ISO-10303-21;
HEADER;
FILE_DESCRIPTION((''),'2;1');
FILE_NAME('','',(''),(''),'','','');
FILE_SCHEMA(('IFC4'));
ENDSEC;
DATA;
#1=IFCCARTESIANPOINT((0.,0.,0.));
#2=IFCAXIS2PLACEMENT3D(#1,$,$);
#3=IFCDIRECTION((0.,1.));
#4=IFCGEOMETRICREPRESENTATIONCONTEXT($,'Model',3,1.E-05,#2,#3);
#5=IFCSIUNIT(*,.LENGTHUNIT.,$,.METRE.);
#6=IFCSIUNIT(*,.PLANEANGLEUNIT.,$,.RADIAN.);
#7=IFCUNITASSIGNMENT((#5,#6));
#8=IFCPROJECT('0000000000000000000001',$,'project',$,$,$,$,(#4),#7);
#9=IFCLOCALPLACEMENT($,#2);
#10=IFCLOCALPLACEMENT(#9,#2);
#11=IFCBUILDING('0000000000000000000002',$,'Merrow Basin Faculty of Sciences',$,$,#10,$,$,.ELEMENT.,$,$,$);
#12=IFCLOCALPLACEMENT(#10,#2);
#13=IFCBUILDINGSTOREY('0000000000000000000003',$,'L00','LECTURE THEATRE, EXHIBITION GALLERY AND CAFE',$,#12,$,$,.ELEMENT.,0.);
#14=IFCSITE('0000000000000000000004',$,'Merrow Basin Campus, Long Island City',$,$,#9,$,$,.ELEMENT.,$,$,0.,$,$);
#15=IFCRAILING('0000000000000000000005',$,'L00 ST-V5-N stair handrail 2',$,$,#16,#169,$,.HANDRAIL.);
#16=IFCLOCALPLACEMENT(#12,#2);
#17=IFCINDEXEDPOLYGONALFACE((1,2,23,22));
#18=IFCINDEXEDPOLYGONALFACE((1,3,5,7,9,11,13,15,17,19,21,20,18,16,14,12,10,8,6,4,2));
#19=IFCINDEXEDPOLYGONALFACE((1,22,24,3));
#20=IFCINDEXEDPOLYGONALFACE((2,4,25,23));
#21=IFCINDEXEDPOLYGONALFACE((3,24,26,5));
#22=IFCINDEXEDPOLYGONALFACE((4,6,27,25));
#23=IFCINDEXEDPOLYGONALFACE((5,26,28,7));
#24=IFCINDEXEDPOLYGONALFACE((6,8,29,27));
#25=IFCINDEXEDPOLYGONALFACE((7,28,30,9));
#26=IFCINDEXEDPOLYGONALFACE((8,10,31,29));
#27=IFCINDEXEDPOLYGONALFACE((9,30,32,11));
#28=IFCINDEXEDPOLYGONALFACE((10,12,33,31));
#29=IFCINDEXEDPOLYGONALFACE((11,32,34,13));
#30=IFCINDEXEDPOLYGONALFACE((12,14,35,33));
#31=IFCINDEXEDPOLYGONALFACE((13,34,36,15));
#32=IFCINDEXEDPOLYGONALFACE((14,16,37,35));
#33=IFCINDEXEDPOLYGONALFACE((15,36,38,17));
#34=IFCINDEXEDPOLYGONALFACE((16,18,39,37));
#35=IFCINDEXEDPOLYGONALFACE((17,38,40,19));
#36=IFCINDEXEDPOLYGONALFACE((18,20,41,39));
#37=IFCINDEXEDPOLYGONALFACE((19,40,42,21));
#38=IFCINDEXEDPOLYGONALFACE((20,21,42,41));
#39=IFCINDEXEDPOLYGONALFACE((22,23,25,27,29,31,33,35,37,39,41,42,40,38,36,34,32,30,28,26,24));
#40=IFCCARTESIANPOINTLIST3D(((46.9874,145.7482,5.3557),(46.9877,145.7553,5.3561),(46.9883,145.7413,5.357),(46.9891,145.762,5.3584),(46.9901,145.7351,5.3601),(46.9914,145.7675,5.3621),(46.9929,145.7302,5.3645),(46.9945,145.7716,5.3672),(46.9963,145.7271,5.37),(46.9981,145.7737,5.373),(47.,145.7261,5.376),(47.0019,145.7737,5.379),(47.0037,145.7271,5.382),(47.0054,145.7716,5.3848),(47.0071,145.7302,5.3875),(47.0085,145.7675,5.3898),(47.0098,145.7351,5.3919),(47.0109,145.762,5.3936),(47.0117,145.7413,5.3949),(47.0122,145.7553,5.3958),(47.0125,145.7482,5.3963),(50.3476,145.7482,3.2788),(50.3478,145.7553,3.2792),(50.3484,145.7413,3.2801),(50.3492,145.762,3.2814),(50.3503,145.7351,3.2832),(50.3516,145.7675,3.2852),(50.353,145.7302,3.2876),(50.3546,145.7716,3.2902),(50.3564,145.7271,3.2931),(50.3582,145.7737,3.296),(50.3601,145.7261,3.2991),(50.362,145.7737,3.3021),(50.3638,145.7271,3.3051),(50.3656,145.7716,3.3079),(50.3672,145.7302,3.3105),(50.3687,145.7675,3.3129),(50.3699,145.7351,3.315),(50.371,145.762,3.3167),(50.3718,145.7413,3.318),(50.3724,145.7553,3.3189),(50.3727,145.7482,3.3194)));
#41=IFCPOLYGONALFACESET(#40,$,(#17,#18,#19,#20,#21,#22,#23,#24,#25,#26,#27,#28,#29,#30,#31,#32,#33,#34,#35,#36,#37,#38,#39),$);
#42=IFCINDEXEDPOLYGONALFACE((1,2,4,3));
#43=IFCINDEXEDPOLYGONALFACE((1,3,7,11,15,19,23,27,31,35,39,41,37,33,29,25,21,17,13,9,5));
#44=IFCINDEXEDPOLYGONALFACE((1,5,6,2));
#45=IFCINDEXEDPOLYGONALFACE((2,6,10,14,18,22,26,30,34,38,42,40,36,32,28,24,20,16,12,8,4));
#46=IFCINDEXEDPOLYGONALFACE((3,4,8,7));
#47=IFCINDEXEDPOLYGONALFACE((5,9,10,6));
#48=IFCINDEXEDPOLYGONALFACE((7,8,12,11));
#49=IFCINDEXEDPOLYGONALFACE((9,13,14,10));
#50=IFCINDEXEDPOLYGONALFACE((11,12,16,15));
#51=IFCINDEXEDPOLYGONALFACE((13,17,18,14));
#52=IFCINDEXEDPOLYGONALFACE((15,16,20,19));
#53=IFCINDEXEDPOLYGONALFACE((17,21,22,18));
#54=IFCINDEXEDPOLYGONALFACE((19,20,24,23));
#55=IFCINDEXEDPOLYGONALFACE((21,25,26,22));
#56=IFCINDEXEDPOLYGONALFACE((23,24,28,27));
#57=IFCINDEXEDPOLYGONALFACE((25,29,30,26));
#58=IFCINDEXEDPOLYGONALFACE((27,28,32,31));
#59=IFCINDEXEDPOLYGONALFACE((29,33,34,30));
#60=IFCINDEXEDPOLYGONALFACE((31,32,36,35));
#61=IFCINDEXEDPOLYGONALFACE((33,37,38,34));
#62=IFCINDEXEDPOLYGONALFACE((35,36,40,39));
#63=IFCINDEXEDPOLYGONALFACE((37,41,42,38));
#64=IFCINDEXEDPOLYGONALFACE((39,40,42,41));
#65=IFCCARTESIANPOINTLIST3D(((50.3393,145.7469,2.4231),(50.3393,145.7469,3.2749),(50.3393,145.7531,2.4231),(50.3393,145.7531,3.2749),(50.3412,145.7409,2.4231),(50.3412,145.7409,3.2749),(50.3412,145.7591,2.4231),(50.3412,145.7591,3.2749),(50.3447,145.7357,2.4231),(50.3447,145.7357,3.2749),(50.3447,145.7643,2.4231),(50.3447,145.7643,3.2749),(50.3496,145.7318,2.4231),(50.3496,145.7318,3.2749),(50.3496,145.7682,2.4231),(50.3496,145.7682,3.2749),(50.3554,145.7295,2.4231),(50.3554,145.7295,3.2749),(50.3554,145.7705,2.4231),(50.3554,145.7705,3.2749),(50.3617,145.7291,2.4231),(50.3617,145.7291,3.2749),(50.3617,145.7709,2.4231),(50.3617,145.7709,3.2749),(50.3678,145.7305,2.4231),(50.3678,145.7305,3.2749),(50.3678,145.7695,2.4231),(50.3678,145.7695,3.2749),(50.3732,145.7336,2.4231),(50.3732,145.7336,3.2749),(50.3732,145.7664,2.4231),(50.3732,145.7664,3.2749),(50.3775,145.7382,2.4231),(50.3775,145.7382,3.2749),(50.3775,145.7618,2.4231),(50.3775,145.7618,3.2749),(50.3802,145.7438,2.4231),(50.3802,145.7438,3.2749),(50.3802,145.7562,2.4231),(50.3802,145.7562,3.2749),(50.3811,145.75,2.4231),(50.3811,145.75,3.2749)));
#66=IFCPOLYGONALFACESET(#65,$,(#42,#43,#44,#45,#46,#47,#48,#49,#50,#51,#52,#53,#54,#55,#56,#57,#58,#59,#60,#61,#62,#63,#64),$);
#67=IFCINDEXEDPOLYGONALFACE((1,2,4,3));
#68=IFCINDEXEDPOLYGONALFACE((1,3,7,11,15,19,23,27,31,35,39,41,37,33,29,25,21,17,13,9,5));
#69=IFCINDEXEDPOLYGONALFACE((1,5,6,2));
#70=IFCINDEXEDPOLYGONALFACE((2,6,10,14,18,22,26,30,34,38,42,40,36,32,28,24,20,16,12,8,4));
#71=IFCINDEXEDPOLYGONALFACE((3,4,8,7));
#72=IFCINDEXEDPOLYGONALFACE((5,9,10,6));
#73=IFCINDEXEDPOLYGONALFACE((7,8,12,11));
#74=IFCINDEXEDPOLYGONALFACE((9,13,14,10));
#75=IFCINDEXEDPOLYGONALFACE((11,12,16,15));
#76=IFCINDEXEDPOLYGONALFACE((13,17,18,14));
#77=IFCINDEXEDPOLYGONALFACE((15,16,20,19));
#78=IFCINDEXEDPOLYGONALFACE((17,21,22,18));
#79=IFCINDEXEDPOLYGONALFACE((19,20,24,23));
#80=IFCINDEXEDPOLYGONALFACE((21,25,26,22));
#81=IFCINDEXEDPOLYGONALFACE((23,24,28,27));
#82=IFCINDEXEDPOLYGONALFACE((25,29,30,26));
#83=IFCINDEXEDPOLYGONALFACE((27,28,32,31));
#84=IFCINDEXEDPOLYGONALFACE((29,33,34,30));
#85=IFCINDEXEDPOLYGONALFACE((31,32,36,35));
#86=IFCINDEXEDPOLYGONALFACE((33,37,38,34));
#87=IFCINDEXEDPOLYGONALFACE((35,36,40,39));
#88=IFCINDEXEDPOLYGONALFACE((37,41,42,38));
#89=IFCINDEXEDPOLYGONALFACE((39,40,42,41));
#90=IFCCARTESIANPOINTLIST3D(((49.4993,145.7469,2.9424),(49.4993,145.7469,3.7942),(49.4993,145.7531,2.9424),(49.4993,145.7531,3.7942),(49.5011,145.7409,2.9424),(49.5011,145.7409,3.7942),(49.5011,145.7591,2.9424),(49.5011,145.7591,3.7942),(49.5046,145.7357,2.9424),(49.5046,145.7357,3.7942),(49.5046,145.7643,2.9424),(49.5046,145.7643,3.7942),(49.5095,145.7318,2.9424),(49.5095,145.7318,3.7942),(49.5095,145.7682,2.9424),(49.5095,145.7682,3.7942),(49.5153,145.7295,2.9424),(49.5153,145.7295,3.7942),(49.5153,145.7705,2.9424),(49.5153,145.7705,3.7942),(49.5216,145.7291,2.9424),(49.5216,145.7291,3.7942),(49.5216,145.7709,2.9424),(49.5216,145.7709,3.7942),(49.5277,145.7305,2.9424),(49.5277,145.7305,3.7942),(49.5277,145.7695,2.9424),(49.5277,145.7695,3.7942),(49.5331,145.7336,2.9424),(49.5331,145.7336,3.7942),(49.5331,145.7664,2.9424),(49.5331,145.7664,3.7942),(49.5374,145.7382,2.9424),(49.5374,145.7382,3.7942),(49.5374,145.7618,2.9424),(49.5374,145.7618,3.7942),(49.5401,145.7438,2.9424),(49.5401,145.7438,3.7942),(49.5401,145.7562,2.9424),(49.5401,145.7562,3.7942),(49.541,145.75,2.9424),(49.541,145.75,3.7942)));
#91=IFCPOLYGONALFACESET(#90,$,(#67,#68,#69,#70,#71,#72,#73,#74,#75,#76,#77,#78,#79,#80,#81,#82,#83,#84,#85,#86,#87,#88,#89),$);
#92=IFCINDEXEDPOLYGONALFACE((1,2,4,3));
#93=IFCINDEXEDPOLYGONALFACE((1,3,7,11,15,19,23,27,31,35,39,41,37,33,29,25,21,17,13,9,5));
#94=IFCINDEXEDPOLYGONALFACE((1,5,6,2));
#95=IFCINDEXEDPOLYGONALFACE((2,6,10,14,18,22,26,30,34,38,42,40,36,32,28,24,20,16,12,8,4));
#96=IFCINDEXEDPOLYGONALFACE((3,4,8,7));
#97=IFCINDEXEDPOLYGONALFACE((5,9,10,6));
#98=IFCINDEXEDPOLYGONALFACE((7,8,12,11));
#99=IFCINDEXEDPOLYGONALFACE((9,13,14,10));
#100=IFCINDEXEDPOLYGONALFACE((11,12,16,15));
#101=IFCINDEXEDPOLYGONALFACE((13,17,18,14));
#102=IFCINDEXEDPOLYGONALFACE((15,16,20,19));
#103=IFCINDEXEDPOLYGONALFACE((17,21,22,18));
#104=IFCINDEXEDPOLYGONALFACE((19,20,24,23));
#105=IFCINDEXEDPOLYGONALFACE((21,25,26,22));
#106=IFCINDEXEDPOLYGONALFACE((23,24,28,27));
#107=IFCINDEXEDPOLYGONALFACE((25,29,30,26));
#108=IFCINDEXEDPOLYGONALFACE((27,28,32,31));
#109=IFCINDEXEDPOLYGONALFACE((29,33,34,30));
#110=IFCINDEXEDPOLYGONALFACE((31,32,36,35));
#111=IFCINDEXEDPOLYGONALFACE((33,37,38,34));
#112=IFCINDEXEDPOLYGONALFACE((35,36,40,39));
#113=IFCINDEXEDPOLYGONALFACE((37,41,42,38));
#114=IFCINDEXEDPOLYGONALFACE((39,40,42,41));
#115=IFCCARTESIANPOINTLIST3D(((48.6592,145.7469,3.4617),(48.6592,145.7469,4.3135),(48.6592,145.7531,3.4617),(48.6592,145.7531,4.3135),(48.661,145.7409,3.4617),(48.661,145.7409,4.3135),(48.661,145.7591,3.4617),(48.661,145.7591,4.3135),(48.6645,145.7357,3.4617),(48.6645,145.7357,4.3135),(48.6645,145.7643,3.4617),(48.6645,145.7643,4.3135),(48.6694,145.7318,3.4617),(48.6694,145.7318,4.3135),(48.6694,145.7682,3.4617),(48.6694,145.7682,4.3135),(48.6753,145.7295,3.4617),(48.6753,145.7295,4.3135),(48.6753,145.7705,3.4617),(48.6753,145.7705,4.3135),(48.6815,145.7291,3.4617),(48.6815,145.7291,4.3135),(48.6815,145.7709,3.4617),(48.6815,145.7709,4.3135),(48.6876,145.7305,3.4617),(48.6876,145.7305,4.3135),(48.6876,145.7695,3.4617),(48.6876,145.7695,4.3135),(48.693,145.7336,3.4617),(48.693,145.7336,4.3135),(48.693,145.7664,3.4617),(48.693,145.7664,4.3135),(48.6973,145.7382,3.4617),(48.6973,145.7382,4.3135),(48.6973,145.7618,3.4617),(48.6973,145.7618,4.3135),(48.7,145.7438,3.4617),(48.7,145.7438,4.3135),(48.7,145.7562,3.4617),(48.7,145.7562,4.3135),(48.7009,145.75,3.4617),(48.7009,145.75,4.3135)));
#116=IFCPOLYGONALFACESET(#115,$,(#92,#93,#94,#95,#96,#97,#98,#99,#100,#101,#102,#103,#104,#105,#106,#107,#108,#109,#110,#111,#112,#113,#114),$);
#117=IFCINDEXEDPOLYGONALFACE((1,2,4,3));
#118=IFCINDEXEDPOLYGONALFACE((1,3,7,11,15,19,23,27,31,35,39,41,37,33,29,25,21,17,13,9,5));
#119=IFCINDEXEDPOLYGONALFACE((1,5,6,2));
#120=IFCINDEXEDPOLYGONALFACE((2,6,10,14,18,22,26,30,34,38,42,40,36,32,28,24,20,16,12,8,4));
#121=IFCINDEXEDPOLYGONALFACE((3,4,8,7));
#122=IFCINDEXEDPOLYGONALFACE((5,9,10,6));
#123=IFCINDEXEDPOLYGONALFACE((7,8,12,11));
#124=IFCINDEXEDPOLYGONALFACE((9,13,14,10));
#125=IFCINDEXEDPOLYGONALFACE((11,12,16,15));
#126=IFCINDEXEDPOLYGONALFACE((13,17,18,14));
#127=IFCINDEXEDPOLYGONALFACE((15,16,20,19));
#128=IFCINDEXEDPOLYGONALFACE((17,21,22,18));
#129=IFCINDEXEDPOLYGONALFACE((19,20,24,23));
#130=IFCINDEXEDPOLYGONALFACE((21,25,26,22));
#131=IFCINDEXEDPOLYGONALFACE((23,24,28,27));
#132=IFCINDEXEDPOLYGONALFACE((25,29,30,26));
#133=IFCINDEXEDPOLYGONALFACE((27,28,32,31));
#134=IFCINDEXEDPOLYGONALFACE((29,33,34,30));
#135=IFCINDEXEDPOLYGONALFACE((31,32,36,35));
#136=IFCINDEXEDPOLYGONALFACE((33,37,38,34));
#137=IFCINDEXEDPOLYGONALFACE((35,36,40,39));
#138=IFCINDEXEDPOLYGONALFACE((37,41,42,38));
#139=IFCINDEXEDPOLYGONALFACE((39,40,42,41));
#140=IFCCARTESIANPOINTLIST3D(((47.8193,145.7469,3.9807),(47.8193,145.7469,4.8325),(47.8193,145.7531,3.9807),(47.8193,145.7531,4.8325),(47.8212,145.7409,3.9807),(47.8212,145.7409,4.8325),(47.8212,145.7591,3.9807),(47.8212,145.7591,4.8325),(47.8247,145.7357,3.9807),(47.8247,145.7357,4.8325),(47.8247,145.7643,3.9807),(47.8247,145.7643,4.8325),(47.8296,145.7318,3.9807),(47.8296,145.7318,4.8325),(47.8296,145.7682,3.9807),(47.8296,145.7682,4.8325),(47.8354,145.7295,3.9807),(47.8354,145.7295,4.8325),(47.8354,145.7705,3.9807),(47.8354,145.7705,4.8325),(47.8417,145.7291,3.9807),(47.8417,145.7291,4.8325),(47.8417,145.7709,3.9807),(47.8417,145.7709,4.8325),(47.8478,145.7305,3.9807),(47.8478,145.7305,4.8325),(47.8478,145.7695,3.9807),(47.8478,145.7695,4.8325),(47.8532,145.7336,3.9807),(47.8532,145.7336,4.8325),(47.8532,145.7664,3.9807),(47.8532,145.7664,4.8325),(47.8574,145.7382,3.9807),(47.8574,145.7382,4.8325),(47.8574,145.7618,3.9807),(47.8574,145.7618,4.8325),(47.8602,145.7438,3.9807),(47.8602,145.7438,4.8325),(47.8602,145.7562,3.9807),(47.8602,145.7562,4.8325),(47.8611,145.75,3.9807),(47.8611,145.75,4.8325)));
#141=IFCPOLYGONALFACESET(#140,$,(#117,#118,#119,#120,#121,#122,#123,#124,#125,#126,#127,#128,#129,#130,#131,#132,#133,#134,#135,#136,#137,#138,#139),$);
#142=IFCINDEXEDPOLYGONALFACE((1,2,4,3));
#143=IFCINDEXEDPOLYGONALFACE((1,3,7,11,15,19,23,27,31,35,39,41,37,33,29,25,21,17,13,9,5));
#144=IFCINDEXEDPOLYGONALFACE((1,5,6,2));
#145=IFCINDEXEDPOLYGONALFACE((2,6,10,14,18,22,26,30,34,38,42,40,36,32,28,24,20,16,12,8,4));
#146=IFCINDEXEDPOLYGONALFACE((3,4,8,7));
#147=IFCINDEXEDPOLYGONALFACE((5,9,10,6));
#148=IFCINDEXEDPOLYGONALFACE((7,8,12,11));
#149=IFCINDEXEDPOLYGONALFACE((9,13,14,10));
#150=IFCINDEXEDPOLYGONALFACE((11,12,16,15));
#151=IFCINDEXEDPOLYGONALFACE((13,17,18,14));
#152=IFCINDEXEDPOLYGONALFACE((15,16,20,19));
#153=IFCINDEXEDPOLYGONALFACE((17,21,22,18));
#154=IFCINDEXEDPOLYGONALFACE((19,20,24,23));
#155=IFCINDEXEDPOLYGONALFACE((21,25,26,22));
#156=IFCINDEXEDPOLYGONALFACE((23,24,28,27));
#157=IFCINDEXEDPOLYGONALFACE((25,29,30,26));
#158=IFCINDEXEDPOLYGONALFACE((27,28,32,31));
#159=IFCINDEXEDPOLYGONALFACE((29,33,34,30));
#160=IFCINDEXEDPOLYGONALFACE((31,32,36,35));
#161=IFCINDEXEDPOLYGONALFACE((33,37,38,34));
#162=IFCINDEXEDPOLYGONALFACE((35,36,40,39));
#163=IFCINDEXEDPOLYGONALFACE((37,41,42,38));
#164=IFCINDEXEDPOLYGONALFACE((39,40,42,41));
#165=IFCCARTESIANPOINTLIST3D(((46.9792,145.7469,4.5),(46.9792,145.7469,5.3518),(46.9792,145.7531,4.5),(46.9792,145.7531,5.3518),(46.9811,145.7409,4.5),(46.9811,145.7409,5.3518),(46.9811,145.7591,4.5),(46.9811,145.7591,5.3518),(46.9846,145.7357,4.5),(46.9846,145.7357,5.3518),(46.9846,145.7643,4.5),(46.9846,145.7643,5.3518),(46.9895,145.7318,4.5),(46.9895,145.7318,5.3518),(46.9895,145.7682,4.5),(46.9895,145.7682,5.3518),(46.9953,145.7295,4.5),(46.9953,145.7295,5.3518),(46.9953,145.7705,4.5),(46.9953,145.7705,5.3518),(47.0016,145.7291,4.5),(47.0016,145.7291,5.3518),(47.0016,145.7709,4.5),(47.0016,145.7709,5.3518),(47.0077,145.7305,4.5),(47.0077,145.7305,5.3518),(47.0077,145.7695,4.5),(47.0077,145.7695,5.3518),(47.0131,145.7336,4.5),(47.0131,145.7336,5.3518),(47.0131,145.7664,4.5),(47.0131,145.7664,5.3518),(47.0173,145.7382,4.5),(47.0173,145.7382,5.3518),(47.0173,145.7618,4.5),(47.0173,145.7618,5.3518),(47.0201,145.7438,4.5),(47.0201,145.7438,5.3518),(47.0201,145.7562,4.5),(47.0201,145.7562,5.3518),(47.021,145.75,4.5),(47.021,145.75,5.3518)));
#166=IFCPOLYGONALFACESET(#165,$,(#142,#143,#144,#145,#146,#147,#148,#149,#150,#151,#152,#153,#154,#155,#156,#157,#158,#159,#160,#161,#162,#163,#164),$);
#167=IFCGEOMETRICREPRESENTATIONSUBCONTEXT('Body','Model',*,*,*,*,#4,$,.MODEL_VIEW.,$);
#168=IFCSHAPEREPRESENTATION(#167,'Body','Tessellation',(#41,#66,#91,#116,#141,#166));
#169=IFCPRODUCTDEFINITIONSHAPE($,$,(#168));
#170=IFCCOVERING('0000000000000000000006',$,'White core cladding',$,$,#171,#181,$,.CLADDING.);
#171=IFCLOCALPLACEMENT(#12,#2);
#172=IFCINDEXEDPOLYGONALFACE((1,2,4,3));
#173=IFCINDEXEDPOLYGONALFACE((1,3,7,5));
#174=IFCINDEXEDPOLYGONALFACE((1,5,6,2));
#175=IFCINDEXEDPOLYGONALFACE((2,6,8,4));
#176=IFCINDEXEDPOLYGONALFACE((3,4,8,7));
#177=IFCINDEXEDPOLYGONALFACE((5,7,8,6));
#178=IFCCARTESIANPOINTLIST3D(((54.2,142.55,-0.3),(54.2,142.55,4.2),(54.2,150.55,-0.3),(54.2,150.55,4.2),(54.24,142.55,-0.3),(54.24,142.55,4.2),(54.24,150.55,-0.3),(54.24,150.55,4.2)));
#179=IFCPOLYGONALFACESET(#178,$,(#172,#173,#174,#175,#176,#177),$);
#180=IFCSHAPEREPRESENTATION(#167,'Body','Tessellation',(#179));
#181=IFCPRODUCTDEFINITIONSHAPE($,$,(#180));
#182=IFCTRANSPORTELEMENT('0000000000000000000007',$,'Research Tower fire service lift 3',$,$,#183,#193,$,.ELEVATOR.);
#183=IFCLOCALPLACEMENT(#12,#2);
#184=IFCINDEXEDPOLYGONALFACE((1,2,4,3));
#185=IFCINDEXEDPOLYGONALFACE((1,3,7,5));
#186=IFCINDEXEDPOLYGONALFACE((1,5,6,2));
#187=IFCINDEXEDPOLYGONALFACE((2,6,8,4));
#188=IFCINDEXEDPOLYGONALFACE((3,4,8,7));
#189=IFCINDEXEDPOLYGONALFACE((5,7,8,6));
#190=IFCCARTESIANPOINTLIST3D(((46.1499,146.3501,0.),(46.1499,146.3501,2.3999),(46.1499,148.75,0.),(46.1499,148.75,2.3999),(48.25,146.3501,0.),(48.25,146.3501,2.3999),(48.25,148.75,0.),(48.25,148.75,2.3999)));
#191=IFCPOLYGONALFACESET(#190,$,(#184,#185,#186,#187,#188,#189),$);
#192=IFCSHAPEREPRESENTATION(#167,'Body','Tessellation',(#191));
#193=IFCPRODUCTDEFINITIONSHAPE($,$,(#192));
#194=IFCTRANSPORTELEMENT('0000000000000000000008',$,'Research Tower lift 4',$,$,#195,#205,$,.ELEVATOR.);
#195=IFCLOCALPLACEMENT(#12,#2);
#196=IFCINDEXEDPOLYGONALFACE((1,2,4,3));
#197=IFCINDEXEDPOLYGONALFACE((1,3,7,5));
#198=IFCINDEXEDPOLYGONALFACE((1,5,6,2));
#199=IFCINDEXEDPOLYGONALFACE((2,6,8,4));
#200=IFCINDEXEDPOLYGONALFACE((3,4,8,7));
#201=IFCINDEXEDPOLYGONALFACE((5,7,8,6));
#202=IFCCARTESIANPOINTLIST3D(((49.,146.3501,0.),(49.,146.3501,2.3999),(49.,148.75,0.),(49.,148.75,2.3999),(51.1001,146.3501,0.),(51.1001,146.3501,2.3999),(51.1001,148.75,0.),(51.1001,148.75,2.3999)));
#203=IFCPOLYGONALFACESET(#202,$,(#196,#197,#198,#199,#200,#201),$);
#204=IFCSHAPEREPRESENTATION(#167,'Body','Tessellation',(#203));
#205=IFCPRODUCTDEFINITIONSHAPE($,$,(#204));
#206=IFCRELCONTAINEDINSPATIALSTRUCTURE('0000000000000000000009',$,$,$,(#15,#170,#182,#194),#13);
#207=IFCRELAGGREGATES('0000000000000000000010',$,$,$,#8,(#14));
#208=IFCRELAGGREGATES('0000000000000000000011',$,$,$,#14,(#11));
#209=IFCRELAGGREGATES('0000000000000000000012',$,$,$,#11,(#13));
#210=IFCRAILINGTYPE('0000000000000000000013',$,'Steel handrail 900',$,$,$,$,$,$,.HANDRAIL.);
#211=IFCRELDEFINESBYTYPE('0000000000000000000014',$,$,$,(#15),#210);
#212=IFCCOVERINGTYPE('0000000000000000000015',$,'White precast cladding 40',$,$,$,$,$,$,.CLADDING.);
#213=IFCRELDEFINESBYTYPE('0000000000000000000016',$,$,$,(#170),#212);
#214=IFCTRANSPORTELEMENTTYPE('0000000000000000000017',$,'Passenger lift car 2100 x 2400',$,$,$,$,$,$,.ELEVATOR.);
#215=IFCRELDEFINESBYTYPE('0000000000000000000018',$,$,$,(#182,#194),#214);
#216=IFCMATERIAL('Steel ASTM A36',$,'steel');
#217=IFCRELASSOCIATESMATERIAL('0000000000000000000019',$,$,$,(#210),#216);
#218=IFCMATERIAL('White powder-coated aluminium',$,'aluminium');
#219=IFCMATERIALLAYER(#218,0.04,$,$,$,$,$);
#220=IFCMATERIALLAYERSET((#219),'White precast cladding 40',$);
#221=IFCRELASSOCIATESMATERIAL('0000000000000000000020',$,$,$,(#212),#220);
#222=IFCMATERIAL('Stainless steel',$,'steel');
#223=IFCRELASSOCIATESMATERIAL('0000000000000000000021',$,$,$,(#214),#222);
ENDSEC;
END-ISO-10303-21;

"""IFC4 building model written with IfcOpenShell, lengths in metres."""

from ifc_helpers import new_model, si_unit, direction, frame, origin, origin_2d, place, context, subcontext, project, spatial, rectangle, circle, extrude, material, layer, layer_set, type_object, element, save


model = new_model("IFC4")

# Units and contexts
model_context = context("Model", 3, precision=1e-05, world=origin(), true_north=direction((0.0, 1.0)))
body_context = subcontext(model_context, "Body", "Model", "MODEL_VIEW")
ifc_project = project(units=[si_unit("LENGTHUNIT", "METRE"), si_unit("PLANEANGLEUNIT", "RADIAN")], contexts=[model_context])

# Site, building, storey
site_placement = place(None, origin())
site = spatial("IfcSite", under=ifc_project, at=site_placement, Name="Merrow Basin Campus, Long Island City", CompositionType="ELEMENT", RefElevation=0.0)
building_placement = place(site_placement, origin())
building = spatial("IfcBuilding", under=site, at=building_placement, Name="Merrow Basin Faculty of Sciences", CompositionType="ELEMENT")
storey_placement = place(building_placement, origin())
storey = spatial("IfcBuildingStorey", under=building, at=storey_placement, Name="L00", Description="LECTURE THEATRE, EXHIBITION GALLERY AND CAFE", CompositionType="ELEMENT", Elevation=0.0)

# Railing
ifc_material_1 = material(Name="Steel ASTM A36", Category="steel")
railing_type_1 = type_object("IfcRailingType", Name="Steel handrail 900", PredefinedType="HANDRAIL", material=ifc_material_1)
railing_1_placement = place(storey_placement, frame((50.3601, 145.75, 2.4231)))
element("IfcRailing", 1, at=railing_1_placement, inside=storey, type_object=railing_type_1, Name="L00 ST-V5-N stair handrail 2", PredefinedType="HANDRAIL", context=body_context, shape_type="SweptSolid", body=[
    extrude(circle(Radius=0.0239, at=origin_2d()), frame((0.0, 0.0, 0.876), z_axis=(-0.850623, 0.0, 0.525776), x_axis=(0.0, -1.0, 0.0)), (0.0, 0.0, 1.0), 3.9502),
    extrude(circle(Radius=0.021, at=origin_2d()), origin(), (0.0, 0.0, 1.0), 0.8518),
    extrude(circle(Radius=0.021, at=origin_2d()), frame((-0.8401, 0.0, 0.5193)), (0.0, 0.0, 1.0), 0.8518),
    extrude(circle(Radius=0.021, at=origin_2d()), frame((-1.6802, 0.0, 1.0386)), (0.0, 0.0, 1.0), 0.8518),
    extrude(circle(Radius=0.021, at=origin_2d()), frame((-2.52, 0.0, 1.5576)), (0.0, 0.0, 1.0), 0.8518),
    extrude(circle(Radius=0.021, at=origin_2d()), frame((-3.3601, 0.0, 2.0769)), (0.0, 0.0, 1.0), 0.8518),
])

# Covering
ifc_material_2 = material(Name="White powder-coated aluminium", Category="aluminium")
ifc_layer_1 = layer(ifc_material_2, 0.04)
ifc_layer_set_1 = layer_set([ifc_layer_1], Name="White precast cladding 40")
covering_type = type_object("IfcCoveringType", Name="White precast cladding 40", PredefinedType="CLADDING", material=ifc_layer_set_1)
covering_placement = place(storey_placement, frame((54.22, 146.55, -0.3), z_axis=(0.0, 0.0, 1.0), x_axis=(1.0, 0.0, 0.0)))
element("IfcCovering", 2, at=covering_placement, inside=storey, type_object=covering_type, Name="White core cladding", PredefinedType="CLADDING", context=body_context, shape_type="SweptSolid", body=[
    extrude(rectangle(XDim=0.04, YDim=8.0, at=origin_2d()), origin(), (0.0, 0.0, 1.0), 4.5),
])

# Transport elements
ifc_material_3 = material(Name="Stainless steel", Category="steel")
transport_element_type = type_object("IfcTransportElementType", Name="Passenger lift car 2100 x 2400", PredefinedType="ELEVATOR", material=ifc_material_3)
for number, where, z_axis, x_axis, name in (
    (3, (47.2, 147.55, 0.0), (0.0, 0.0, 1.0), (1.0, 0.0, 0.0), "Research Tower fire service lift 3"),
    (4, (50.05, 147.55, 0.0), (0.0, 0.0, 1.0), (1.0, 0.0, 0.0), "Research Tower lift 4"),
):
    element("IfcTransportElement", number, at=place(storey_placement, frame(where, z_axis=z_axis, x_axis=x_axis)), inside=storey, type_object=transport_element_type, Name=name, PredefinedType="ELEVATOR", context=body_context, shape_type="SweptSolid", body=[
        extrude(rectangle(XDim=2.1001, YDim=2.3999, at=origin_2d()), origin(), (0.0, 0.0, 1.0), 2.3999),
    ])

save(model, "model.ifc")
